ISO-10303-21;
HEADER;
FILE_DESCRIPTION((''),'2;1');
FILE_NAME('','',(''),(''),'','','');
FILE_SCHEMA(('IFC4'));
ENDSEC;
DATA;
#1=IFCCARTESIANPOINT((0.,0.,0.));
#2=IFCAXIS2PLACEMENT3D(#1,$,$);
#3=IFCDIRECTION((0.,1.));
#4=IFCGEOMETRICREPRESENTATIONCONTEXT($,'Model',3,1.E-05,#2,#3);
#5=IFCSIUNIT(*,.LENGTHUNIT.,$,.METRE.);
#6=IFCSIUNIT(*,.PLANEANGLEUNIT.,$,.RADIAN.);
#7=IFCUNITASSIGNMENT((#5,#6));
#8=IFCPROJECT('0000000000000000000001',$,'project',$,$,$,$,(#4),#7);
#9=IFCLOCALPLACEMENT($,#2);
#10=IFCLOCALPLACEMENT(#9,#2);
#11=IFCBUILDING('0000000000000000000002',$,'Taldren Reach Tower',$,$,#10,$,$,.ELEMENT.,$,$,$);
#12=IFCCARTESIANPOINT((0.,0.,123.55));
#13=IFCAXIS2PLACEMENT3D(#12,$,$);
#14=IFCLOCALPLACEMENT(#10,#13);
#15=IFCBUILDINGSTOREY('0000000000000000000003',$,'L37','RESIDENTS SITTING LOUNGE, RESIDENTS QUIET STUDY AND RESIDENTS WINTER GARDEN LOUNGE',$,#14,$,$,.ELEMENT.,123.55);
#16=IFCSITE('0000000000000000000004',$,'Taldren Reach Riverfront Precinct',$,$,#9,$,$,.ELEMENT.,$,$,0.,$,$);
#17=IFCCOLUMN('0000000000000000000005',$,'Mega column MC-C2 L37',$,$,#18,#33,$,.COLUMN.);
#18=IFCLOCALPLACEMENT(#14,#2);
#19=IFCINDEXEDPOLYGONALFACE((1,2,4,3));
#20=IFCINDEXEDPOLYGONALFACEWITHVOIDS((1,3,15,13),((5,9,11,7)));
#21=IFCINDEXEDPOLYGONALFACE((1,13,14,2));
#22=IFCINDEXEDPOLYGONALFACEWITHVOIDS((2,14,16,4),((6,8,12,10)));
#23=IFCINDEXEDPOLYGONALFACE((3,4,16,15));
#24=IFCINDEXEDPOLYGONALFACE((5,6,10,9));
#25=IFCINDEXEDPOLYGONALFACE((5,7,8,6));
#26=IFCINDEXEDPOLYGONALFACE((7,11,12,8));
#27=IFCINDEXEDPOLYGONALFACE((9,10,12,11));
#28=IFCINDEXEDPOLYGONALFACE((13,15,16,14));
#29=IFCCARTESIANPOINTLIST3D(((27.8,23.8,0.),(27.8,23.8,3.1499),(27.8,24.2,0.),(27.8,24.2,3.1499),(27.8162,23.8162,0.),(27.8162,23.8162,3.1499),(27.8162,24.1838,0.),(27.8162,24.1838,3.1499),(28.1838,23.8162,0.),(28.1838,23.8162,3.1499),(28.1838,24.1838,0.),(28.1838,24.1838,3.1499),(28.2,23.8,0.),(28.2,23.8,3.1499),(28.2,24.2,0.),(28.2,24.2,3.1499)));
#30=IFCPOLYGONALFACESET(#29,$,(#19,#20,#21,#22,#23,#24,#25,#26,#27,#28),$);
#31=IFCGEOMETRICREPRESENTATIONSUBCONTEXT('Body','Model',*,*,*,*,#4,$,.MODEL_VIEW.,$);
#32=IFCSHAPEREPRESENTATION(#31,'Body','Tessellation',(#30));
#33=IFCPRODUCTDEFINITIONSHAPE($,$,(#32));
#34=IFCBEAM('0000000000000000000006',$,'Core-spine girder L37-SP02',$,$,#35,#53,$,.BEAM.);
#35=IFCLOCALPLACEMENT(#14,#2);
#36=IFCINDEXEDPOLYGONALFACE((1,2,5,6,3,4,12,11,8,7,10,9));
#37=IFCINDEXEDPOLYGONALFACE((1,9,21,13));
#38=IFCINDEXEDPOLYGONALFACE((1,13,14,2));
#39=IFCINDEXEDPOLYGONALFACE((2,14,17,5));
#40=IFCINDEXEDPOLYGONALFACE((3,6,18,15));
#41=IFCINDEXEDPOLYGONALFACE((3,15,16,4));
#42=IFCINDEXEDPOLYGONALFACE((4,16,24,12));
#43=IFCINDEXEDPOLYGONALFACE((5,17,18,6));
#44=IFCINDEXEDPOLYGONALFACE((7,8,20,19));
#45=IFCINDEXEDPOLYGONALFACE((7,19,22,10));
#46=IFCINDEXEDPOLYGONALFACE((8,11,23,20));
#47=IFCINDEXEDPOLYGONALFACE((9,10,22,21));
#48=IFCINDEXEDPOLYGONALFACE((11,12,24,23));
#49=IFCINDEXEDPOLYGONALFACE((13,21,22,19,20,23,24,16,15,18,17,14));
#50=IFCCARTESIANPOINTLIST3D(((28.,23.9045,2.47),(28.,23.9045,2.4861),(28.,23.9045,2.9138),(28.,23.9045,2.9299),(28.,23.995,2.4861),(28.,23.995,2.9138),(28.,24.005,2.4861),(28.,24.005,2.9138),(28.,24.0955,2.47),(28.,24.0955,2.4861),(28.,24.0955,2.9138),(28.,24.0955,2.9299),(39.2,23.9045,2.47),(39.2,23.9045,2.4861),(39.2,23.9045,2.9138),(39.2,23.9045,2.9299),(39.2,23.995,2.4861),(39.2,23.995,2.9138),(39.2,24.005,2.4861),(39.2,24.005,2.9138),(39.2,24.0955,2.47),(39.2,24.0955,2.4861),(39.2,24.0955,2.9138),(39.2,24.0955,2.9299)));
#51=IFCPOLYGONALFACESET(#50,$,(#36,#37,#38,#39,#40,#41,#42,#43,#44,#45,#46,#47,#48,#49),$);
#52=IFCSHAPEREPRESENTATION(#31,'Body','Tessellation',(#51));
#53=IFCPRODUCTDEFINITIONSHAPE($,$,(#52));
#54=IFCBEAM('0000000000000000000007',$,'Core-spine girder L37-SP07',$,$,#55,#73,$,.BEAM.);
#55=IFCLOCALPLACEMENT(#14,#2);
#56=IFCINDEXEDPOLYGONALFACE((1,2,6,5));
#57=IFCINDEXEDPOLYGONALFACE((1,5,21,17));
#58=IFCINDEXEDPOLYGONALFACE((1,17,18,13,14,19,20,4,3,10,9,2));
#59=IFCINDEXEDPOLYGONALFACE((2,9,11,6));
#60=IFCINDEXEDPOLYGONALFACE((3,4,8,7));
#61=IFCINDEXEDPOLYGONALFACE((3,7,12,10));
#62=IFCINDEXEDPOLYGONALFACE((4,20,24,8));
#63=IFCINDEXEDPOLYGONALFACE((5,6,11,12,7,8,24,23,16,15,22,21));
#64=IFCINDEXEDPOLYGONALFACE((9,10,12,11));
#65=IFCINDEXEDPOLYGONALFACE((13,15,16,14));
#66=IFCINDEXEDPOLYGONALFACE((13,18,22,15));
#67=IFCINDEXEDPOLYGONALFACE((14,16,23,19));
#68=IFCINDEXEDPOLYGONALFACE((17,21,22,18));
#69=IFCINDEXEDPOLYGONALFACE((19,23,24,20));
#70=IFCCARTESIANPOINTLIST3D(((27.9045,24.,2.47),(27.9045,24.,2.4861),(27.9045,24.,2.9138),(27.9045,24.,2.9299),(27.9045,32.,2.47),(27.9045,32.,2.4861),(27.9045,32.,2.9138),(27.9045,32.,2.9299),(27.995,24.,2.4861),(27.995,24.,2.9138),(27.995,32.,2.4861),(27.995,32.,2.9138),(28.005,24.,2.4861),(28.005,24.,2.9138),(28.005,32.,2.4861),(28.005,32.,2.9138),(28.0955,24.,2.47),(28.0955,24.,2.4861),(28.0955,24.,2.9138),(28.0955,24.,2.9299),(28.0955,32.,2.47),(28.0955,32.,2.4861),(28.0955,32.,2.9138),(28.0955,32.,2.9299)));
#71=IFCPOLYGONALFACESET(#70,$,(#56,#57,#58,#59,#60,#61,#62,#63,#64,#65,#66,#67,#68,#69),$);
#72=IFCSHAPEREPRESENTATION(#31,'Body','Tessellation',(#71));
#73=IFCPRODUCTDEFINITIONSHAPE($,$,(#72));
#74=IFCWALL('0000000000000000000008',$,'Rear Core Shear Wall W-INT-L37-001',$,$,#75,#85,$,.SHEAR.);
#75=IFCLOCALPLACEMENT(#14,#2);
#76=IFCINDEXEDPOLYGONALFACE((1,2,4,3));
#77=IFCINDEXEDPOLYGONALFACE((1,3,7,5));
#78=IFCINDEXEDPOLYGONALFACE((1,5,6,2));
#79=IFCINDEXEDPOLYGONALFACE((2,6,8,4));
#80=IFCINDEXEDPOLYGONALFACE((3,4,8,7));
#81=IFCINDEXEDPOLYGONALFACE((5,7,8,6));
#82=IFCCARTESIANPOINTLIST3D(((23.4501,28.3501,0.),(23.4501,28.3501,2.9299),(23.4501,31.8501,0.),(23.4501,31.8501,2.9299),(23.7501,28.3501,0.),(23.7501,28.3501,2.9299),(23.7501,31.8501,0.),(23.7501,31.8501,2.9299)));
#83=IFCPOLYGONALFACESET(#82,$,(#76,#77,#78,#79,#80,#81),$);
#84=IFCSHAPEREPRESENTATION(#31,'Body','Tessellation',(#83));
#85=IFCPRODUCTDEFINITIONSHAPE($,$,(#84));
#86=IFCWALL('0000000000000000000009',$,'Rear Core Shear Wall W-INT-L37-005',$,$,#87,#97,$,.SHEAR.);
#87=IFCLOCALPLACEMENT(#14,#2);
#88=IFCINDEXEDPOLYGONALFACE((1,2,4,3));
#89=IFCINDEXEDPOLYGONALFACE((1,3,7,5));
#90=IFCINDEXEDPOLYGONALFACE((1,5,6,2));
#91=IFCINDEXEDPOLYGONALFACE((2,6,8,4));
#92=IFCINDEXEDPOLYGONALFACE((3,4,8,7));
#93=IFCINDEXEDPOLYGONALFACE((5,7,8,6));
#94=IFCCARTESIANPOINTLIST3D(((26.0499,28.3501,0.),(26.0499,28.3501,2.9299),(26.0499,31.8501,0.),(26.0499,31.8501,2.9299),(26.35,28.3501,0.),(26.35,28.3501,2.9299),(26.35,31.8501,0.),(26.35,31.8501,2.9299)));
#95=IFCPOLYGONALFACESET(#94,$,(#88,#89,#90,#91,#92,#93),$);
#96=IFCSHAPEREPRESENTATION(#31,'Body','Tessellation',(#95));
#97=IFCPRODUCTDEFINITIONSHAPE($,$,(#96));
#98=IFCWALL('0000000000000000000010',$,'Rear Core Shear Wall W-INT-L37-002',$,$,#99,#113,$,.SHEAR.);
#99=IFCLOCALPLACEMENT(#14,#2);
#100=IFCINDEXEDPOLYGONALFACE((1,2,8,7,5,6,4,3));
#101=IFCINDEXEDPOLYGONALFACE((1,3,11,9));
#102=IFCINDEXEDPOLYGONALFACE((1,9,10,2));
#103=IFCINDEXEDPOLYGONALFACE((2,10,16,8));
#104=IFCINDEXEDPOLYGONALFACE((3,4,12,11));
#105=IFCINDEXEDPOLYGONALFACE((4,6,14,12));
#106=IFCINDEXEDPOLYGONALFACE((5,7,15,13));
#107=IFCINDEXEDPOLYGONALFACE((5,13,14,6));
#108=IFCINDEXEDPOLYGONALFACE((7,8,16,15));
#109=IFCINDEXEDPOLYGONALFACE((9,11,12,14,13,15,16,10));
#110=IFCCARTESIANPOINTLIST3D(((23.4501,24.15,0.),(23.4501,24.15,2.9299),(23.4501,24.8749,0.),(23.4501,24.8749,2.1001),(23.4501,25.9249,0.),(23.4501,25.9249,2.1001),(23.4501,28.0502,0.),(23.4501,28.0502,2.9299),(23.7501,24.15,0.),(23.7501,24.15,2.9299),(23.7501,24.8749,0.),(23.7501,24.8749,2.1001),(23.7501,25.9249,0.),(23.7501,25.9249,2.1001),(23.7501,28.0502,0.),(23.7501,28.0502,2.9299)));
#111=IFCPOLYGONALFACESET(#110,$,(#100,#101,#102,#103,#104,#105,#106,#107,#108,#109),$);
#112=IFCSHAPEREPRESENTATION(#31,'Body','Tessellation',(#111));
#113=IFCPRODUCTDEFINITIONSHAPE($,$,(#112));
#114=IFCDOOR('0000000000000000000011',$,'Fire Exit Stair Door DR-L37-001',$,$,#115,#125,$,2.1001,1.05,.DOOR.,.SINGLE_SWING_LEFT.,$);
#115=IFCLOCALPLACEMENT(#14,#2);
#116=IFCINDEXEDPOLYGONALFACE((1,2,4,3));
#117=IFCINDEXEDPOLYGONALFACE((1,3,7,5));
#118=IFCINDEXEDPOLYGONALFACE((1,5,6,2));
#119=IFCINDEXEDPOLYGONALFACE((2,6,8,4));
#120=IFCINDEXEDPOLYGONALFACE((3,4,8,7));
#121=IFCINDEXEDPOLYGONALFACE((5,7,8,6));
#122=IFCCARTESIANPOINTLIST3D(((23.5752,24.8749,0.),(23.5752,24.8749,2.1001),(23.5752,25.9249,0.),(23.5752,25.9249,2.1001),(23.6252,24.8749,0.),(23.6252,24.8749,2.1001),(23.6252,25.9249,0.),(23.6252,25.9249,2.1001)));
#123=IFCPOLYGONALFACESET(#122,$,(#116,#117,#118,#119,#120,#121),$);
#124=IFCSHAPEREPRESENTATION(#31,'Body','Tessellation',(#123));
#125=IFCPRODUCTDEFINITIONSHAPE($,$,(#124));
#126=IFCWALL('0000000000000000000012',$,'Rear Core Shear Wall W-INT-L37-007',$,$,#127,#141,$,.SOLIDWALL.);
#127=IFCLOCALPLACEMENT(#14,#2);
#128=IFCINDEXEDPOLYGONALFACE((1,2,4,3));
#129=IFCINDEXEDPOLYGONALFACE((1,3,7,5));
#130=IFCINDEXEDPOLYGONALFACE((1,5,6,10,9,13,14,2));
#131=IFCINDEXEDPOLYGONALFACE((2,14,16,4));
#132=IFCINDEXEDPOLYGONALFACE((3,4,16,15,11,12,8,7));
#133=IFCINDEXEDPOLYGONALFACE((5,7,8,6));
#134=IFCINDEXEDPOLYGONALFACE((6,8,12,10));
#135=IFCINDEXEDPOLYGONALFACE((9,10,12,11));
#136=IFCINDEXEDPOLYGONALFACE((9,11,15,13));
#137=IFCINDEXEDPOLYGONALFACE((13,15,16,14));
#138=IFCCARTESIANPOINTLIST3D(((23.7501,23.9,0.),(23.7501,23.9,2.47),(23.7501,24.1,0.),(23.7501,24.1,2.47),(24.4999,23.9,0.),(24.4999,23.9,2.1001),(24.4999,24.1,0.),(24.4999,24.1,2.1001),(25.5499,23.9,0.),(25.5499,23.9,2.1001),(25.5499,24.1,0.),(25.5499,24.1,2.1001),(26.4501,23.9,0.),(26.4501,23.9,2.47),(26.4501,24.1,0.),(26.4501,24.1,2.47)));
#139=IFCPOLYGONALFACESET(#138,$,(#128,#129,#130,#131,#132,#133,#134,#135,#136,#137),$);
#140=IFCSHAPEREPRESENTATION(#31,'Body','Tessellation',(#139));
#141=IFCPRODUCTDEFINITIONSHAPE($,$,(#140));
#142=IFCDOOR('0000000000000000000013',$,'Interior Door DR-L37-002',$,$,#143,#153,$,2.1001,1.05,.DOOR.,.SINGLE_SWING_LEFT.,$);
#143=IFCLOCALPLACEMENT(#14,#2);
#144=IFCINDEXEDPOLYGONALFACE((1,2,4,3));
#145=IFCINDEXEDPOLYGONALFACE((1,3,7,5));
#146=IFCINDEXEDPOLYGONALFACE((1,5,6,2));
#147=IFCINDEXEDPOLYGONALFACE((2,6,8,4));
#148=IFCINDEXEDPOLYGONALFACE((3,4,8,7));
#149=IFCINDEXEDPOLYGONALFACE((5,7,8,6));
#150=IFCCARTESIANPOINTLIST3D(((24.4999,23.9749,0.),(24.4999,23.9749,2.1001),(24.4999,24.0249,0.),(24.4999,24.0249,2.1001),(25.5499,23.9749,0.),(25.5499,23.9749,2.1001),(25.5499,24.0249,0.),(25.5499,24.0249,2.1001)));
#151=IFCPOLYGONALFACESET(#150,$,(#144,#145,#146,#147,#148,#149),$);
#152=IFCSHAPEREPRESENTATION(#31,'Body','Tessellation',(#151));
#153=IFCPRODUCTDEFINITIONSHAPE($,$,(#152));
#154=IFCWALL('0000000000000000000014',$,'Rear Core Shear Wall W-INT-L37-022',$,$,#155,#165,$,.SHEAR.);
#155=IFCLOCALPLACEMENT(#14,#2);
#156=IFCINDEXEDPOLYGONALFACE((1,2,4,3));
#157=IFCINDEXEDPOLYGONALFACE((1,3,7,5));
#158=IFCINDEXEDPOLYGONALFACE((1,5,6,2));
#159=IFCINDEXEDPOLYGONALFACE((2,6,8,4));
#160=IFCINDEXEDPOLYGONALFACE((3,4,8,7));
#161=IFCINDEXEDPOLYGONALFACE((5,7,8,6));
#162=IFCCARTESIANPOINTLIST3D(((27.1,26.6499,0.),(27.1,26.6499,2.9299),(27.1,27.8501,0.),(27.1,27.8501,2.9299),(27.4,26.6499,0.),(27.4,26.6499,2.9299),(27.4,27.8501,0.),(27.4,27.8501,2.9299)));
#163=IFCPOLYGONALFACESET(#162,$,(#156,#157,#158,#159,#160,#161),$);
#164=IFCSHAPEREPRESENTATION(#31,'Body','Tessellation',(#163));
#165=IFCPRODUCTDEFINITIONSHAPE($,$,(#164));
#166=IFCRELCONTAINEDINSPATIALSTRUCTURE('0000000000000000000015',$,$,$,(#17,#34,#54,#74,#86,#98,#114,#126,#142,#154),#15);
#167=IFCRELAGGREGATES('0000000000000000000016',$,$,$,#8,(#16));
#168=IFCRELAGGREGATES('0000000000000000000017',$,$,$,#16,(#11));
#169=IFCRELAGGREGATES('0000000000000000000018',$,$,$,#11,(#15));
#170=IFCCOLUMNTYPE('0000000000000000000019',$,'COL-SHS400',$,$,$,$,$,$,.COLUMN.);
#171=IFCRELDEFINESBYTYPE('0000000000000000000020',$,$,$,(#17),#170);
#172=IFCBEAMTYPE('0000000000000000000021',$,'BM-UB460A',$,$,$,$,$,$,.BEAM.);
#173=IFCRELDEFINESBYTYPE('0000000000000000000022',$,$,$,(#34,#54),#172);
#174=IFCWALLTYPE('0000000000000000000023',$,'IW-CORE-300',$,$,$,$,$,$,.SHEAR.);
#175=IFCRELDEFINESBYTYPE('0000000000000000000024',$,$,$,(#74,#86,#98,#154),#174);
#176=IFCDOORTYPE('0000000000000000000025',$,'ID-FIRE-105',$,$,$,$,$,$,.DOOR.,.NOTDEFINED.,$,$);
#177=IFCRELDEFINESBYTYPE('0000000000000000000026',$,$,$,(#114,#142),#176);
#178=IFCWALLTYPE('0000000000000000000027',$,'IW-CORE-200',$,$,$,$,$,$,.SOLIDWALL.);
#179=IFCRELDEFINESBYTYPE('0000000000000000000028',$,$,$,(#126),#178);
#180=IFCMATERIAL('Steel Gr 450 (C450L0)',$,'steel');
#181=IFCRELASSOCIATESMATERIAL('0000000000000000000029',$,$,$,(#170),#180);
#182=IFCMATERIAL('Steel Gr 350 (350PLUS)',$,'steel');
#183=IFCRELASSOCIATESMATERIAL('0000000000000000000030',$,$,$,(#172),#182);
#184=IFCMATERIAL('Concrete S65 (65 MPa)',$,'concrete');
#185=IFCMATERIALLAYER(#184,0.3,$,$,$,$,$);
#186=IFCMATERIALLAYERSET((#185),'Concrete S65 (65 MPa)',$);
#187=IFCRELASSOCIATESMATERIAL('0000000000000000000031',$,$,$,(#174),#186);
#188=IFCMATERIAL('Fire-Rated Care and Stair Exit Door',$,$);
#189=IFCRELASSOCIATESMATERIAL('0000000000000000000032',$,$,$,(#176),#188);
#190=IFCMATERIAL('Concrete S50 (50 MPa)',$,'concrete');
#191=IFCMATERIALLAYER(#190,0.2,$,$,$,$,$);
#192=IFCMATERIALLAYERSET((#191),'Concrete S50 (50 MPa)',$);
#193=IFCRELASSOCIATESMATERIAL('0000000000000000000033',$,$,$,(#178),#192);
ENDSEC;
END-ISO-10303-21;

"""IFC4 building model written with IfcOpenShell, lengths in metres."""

from ifc_helpers import new_model, si_unit, direction, frame, frame_2d, origin, origin_2d, place, context, subcontext, project, spatial, rectangle, hollow_rectangle, i_section, extrude, source, transform, mapped, material, layer, layer_set, material_profile, profile_set, type_object, element, fill, save


model = new_model("IFC4")

# Units and contexts
model_context = context("Model", 3, precision=1e-05, world=origin(), true_north=direction((0.0, 1.0)))
body_context = subcontext(model_context, "Body", "Model", "MODEL_VIEW")
ifc_project = project(units=[si_unit("LENGTHUNIT", "METRE"), si_unit("PLANEANGLEUNIT", "RADIAN")], contexts=[model_context])

# Site, building, storey
site_placement = place(None, origin())
site = spatial("IfcSite", under=ifc_project, at=site_placement, Name="Taldren Reach Riverfront Precinct", CompositionType="ELEMENT", RefElevation=0.0)
building_placement = place(site_placement, origin())
building = spatial("IfcBuilding", under=site, at=building_placement, Name="Taldren Reach Tower", CompositionType="ELEMENT")
storey_placement = place(building_placement, frame((0.0, 0.0, 123.55)))
storey = spatial("IfcBuildingStorey", under=building, at=storey_placement, Name="L37", Description="RESIDENTS SITTING LOUNGE, RESIDENTS QUIET STUDY AND RESIDENTS WINTER GARDEN LOUNGE", CompositionType="ELEMENT", Elevation=123.55)

# Column
ifc_material_1 = material(Name="Steel Gr 450 (C450L0)", Category="steel")
ifc_material_profile_1 = material_profile(ifc_material_1, hollow_rectangle(XDim=0.3999, YDim=0.3999, WallThickness=0.0161, at=origin_2d()), Name="400x400x16.0SHS")
ifc_profile_set_1 = profile_set([ifc_material_profile_1], Name="Steel Gr 450 (C450L0)")
column_type = type_object("IfcColumnType", Name="COL-SHS400", PredefinedType="COLUMN", material=ifc_profile_set_1)
shared_shape_1 = source(origin(), body_context, "Body", "SweptSolid", [
    extrude(hollow_rectangle(XDim=0.3999, YDim=0.3999, WallThickness=0.0161, at=origin_2d()), origin(), (0.0, 0.0, 1.0), 3.1499),
])
column_placement = place(storey_placement, frame((28.0, 24.0, 0.0), z_axis=(0.0, 0.0, 1.0), x_axis=(1.0, 0.0, 0.0)))
element("IfcColumn", 1, at=column_placement, inside=storey, type_object=column_type, Name="Mega column MC-C2 L37", PredefinedType="COLUMN", context=body_context, shape_type="MappedRepresentation", body=[
    mapped(shared_shape_1, transform((0.0, 0.0, 0.0), scale=1.0)),
])

# Beams
ifc_material_2 = material(Name="Steel Gr 350 (350PLUS)", Category="steel")
ifc_material_profile_2 = material_profile(ifc_material_2, i_section(OverallWidth=0.1909, OverallDepth=0.46, WebThickness=0.01, FlangeThickness=0.0161, at=origin_2d()), Name="460UB82.1")
ifc_profile_set_2 = profile_set([ifc_material_profile_2], Name="Steel Gr 350 (350PLUS)")
beam_type = type_object("IfcBeamType", Name="BM-UB460A", PredefinedType="BEAM", material=ifc_profile_set_2)
shared_shape_2 = source(origin(), body_context, "Body", "SweptSolid", [
    extrude(i_section(OverallWidth=0.1909, OverallDepth=0.46, WebThickness=0.01, FlangeThickness=0.0161, at=origin_2d()), origin(), (0.0, 0.0, 1.0), 11.2),
])
beam_1_placement = place(storey_placement, frame((28.0, 24.0, 2.7), z_axis=(1.0, 0.0, 0.0), x_axis=(0.0, 1.0, 0.0)))
element("IfcBeam", 2, at=beam_1_placement, inside=storey, type_object=beam_type, Name="Core-spine girder L37-SP02", PredefinedType="BEAM", context=body_context, shape_type="MappedRepresentation", body=[
    mapped(shared_shape_2, transform((0.0, 0.0, 0.0), scale=1.0)),
])
shared_shape_3 = source(origin(), body_context, "Body", "SweptSolid", [
    extrude(i_section(OverallWidth=0.1909, OverallDepth=0.46, WebThickness=0.01, FlangeThickness=0.0161, at=origin_2d()), origin(), (0.0, 0.0, 1.0), 8.0),
])
beam_2_placement = place(storey_placement, frame((28.0, 24.0, 2.7), z_axis=(0.0, 1.0, 0.0), x_axis=(-1.0, 0.0, 0.0)))
element("IfcBeam", 3, at=beam_2_placement, inside=storey, type_object=beam_type, Name="Core-spine girder L37-SP07", PredefinedType="BEAM", context=body_context, shape_type="MappedRepresentation", body=[
    mapped(shared_shape_3, transform((0.0, 0.0, 0.0), scale=1.0)),
])

# Walls
ifc_material_3 = material(Name="Concrete S65 (65 MPa)", Category="concrete")
ifc_layer_1 = layer(ifc_material_3, 0.3)
ifc_layer_set_1 = layer_set([ifc_layer_1], Name="Concrete S65 (65 MPa)")
wall_type_1 = type_object("IfcWallType", Name="IW-CORE-300", PredefinedType="SHEAR", material=ifc_layer_set_1)
shared_shape_4 = source(origin(), body_context, "Body", "SweptSolid", [
    extrude(rectangle(XDim=3.5, YDim=0.3, at=frame_2d((1.75, 0.0))), origin(), (0.0, 0.0, 1.0), 2.9299),
])
for number, where, z_axis, x_axis, name in (
    (4, (23.6001, 28.3501, 0.0), (0.0, 0.0, 1.0), (0.0, 1.0, 0.0), "Rear Core Shear Wall W-INT-L37-001"),
    (5, (26.2, 28.3501, 0.0), (0.0, 0.0, 1.0), (0.0, 1.0, 0.0), "Rear Core Shear Wall W-INT-L37-005"),
):
    element("IfcWall", number, at=place(storey_placement, frame(where, z_axis=z_axis, x_axis=x_axis)), inside=storey, type_object=wall_type_1, Name=name, PredefinedType="SHEAR", context=body_context, shape_type="MappedRepresentation", body=[
        mapped(shared_shape_4, transform((0.0, 0.0, 0.0), scale=1.0)),
    ])

# Walls, openings, doors
shared_shape_5 = source(origin(), body_context, "Body", "SweptSolid", [
    extrude(rectangle(XDim=3.9001, YDim=0.3, at=frame_2d((1.9502, 0.0))), origin(), (0.0, 0.0, 1.0), 2.9299),
])
wall_1_placement = place(storey_placement, frame((23.6001, 24.1499, 0.0), z_axis=(0.0, 0.0, 1.0), x_axis=(0.0, 1.0, 0.0)))
wall_1 = element("IfcWall", 6, at=wall_1_placement, inside=storey, type_object=wall_type_1, Name="Rear Core Shear Wall W-INT-L37-002", PredefinedType="SHEAR", context=body_context, shape_type="MappedRepresentation", body=[
    mapped(shared_shape_5, transform((0.0, 0.0, 0.0), scale=1.0)),
])
shared_shape_6 = source(origin(), body_context, "Body", "SweptSolid", [
    extrude(rectangle(XDim=1.05, YDim=2.1001, at=frame_2d((0.5249, 1.05))), frame((0.0, 0.1602, 0.0), z_axis=(0.0, -1.0, 0.0), x_axis=(1.0, 0.0, 0.0)), (0.0, 0.0, 1.0), 0.3201),
])
opening_1_placement = place(wall_1_placement, frame((0.7251, 0.0, 0.0)))
opening_1 = element("IfcOpeningElement", 7, at=opening_1_placement, cuts=wall_1, PredefinedType="OPENING", context=body_context, shape_type="MappedRepresentation", body=[
    mapped(shared_shape_6, transform((0.0, 0.0, 0.0), scale=1.0)),
])
ifc_material_4 = material(Name="Fire-Rated Care and Stair Exit Door")
door_type_1 = type_object("IfcDoorType", Name="ID-FIRE-105", OperationType="NOTDEFINED", PredefinedType="DOOR", material=ifc_material_4)
shared_shape_7 = source(origin(), body_context, "Body", "SweptSolid", [
    extrude(rectangle(XDim=1.05, YDim=2.1001, at=frame_2d((0.5249, 1.05))), frame((0.0, 0.0249, 0.0), z_axis=(0.0, -1.0, 0.0), x_axis=(1.0, 0.0, 0.0)), (0.0, 0.0, 1.0), 0.05),
])
door_1_placement = place(opening_1_placement, origin())
door_1 = element("IfcDoor", 8, at=door_1_placement, inside=storey, type_object=door_type_1, Name="Fire Exit Stair Door DR-L37-001", OperationType="SINGLE_SWING_LEFT", OverallHeight=2.1001, OverallWidth=1.05, PredefinedType="DOOR", context=body_context, shape_type="MappedRepresentation", body=[
    mapped(shared_shape_7, transform((0.0, 0.0, 0.0), scale=1.0)),
])
fill(opening_1, door_1)
ifc_material_5 = material(Name="Concrete S50 (50 MPa)", Category="concrete")
ifc_layer_2 = layer(ifc_material_5, 0.2)
ifc_layer_set_2 = layer_set([ifc_layer_2], Name="Concrete S50 (50 MPa)")
wall_type_2 = type_object("IfcWallType", Name="IW-CORE-200", PredefinedType="SOLIDWALL", material=ifc_layer_set_2)
shared_shape_8 = source(origin(), body_context, "Body", "SweptSolid", [
    extrude(rectangle(XDim=2.7, YDim=0.2, at=frame_2d((1.3501, 0.0))), origin(), (0.0, 0.0, 1.0), 2.47),
])
wall_2_placement = place(storey_placement, frame((23.75, 24.0, 0.0), z_axis=(0.0, 0.0, 1.0), x_axis=(1.0, 0.0, 0.0)))
wall_2 = element("IfcWall", 9, at=wall_2_placement, inside=storey, type_object=wall_type_2, Name="Rear Core Shear Wall W-INT-L37-007", PredefinedType="SOLIDWALL", context=body_context, shape_type="MappedRepresentation", body=[
    mapped(shared_shape_8, transform((0.0, 0.0, 0.0), scale=1.0)),
])
shared_shape_9 = source(origin(), body_context, "Body", "SweptSolid", [
    extrude(rectangle(XDim=1.05, YDim=2.1001, at=frame_2d((0.5249, 1.05))), frame((0.0, 0.1099, 0.0), z_axis=(0.0, -1.0, 0.0), x_axis=(1.0, 0.0, 0.0)), (0.0, 0.0, 1.0), 0.22),
])
opening_2_placement = place(wall_2_placement, frame((0.75, 0.0, 0.0)))
opening_2 = element("IfcOpeningElement", 10, at=opening_2_placement, cuts=wall_2, PredefinedType="OPENING", context=body_context, shape_type="MappedRepresentation", body=[
    mapped(shared_shape_9, transform((0.0, 0.0, 0.0), scale=1.0)),
])
door_2_placement = place(opening_2_placement, origin())
door_2 = element("IfcDoor", 11, at=door_2_placement, inside=storey, type_object=door_type_1, Name="Interior Door DR-L37-002", OperationType="SINGLE_SWING_LEFT", OverallHeight=2.1001, OverallWidth=1.05, PredefinedType="DOOR", context=body_context, shape_type="MappedRepresentation", body=[
    mapped(shared_shape_7, transform((0.0, 0.0, 0.0), scale=1.0)),
])
fill(opening_2, door_2)

# Wall
shared_shape_10 = source(origin(), body_context, "Body", "SweptSolid", [
    extrude(rectangle(XDim=1.2002, YDim=0.3, at=frame_2d((0.6001, 0.0))), origin(), (0.0, 0.0, 1.0), 2.9299),
])
wall_3_placement = place(storey_placement, frame((27.25, 27.8501, 0.0), z_axis=(0.0, 0.0, 1.0), x_axis=(0.0, -1.0, 0.0)))
element("IfcWall", 12, at=wall_3_placement, inside=storey, type_object=wall_type_1, Name="Rear Core Shear Wall W-INT-L37-022", PredefinedType="SHEAR", context=body_context, shape_type="MappedRepresentation", body=[
    mapped(shared_shape_10, transform((0.0, 0.0, 0.0), scale=1.0)),
])

save(model, "model.ifc")
